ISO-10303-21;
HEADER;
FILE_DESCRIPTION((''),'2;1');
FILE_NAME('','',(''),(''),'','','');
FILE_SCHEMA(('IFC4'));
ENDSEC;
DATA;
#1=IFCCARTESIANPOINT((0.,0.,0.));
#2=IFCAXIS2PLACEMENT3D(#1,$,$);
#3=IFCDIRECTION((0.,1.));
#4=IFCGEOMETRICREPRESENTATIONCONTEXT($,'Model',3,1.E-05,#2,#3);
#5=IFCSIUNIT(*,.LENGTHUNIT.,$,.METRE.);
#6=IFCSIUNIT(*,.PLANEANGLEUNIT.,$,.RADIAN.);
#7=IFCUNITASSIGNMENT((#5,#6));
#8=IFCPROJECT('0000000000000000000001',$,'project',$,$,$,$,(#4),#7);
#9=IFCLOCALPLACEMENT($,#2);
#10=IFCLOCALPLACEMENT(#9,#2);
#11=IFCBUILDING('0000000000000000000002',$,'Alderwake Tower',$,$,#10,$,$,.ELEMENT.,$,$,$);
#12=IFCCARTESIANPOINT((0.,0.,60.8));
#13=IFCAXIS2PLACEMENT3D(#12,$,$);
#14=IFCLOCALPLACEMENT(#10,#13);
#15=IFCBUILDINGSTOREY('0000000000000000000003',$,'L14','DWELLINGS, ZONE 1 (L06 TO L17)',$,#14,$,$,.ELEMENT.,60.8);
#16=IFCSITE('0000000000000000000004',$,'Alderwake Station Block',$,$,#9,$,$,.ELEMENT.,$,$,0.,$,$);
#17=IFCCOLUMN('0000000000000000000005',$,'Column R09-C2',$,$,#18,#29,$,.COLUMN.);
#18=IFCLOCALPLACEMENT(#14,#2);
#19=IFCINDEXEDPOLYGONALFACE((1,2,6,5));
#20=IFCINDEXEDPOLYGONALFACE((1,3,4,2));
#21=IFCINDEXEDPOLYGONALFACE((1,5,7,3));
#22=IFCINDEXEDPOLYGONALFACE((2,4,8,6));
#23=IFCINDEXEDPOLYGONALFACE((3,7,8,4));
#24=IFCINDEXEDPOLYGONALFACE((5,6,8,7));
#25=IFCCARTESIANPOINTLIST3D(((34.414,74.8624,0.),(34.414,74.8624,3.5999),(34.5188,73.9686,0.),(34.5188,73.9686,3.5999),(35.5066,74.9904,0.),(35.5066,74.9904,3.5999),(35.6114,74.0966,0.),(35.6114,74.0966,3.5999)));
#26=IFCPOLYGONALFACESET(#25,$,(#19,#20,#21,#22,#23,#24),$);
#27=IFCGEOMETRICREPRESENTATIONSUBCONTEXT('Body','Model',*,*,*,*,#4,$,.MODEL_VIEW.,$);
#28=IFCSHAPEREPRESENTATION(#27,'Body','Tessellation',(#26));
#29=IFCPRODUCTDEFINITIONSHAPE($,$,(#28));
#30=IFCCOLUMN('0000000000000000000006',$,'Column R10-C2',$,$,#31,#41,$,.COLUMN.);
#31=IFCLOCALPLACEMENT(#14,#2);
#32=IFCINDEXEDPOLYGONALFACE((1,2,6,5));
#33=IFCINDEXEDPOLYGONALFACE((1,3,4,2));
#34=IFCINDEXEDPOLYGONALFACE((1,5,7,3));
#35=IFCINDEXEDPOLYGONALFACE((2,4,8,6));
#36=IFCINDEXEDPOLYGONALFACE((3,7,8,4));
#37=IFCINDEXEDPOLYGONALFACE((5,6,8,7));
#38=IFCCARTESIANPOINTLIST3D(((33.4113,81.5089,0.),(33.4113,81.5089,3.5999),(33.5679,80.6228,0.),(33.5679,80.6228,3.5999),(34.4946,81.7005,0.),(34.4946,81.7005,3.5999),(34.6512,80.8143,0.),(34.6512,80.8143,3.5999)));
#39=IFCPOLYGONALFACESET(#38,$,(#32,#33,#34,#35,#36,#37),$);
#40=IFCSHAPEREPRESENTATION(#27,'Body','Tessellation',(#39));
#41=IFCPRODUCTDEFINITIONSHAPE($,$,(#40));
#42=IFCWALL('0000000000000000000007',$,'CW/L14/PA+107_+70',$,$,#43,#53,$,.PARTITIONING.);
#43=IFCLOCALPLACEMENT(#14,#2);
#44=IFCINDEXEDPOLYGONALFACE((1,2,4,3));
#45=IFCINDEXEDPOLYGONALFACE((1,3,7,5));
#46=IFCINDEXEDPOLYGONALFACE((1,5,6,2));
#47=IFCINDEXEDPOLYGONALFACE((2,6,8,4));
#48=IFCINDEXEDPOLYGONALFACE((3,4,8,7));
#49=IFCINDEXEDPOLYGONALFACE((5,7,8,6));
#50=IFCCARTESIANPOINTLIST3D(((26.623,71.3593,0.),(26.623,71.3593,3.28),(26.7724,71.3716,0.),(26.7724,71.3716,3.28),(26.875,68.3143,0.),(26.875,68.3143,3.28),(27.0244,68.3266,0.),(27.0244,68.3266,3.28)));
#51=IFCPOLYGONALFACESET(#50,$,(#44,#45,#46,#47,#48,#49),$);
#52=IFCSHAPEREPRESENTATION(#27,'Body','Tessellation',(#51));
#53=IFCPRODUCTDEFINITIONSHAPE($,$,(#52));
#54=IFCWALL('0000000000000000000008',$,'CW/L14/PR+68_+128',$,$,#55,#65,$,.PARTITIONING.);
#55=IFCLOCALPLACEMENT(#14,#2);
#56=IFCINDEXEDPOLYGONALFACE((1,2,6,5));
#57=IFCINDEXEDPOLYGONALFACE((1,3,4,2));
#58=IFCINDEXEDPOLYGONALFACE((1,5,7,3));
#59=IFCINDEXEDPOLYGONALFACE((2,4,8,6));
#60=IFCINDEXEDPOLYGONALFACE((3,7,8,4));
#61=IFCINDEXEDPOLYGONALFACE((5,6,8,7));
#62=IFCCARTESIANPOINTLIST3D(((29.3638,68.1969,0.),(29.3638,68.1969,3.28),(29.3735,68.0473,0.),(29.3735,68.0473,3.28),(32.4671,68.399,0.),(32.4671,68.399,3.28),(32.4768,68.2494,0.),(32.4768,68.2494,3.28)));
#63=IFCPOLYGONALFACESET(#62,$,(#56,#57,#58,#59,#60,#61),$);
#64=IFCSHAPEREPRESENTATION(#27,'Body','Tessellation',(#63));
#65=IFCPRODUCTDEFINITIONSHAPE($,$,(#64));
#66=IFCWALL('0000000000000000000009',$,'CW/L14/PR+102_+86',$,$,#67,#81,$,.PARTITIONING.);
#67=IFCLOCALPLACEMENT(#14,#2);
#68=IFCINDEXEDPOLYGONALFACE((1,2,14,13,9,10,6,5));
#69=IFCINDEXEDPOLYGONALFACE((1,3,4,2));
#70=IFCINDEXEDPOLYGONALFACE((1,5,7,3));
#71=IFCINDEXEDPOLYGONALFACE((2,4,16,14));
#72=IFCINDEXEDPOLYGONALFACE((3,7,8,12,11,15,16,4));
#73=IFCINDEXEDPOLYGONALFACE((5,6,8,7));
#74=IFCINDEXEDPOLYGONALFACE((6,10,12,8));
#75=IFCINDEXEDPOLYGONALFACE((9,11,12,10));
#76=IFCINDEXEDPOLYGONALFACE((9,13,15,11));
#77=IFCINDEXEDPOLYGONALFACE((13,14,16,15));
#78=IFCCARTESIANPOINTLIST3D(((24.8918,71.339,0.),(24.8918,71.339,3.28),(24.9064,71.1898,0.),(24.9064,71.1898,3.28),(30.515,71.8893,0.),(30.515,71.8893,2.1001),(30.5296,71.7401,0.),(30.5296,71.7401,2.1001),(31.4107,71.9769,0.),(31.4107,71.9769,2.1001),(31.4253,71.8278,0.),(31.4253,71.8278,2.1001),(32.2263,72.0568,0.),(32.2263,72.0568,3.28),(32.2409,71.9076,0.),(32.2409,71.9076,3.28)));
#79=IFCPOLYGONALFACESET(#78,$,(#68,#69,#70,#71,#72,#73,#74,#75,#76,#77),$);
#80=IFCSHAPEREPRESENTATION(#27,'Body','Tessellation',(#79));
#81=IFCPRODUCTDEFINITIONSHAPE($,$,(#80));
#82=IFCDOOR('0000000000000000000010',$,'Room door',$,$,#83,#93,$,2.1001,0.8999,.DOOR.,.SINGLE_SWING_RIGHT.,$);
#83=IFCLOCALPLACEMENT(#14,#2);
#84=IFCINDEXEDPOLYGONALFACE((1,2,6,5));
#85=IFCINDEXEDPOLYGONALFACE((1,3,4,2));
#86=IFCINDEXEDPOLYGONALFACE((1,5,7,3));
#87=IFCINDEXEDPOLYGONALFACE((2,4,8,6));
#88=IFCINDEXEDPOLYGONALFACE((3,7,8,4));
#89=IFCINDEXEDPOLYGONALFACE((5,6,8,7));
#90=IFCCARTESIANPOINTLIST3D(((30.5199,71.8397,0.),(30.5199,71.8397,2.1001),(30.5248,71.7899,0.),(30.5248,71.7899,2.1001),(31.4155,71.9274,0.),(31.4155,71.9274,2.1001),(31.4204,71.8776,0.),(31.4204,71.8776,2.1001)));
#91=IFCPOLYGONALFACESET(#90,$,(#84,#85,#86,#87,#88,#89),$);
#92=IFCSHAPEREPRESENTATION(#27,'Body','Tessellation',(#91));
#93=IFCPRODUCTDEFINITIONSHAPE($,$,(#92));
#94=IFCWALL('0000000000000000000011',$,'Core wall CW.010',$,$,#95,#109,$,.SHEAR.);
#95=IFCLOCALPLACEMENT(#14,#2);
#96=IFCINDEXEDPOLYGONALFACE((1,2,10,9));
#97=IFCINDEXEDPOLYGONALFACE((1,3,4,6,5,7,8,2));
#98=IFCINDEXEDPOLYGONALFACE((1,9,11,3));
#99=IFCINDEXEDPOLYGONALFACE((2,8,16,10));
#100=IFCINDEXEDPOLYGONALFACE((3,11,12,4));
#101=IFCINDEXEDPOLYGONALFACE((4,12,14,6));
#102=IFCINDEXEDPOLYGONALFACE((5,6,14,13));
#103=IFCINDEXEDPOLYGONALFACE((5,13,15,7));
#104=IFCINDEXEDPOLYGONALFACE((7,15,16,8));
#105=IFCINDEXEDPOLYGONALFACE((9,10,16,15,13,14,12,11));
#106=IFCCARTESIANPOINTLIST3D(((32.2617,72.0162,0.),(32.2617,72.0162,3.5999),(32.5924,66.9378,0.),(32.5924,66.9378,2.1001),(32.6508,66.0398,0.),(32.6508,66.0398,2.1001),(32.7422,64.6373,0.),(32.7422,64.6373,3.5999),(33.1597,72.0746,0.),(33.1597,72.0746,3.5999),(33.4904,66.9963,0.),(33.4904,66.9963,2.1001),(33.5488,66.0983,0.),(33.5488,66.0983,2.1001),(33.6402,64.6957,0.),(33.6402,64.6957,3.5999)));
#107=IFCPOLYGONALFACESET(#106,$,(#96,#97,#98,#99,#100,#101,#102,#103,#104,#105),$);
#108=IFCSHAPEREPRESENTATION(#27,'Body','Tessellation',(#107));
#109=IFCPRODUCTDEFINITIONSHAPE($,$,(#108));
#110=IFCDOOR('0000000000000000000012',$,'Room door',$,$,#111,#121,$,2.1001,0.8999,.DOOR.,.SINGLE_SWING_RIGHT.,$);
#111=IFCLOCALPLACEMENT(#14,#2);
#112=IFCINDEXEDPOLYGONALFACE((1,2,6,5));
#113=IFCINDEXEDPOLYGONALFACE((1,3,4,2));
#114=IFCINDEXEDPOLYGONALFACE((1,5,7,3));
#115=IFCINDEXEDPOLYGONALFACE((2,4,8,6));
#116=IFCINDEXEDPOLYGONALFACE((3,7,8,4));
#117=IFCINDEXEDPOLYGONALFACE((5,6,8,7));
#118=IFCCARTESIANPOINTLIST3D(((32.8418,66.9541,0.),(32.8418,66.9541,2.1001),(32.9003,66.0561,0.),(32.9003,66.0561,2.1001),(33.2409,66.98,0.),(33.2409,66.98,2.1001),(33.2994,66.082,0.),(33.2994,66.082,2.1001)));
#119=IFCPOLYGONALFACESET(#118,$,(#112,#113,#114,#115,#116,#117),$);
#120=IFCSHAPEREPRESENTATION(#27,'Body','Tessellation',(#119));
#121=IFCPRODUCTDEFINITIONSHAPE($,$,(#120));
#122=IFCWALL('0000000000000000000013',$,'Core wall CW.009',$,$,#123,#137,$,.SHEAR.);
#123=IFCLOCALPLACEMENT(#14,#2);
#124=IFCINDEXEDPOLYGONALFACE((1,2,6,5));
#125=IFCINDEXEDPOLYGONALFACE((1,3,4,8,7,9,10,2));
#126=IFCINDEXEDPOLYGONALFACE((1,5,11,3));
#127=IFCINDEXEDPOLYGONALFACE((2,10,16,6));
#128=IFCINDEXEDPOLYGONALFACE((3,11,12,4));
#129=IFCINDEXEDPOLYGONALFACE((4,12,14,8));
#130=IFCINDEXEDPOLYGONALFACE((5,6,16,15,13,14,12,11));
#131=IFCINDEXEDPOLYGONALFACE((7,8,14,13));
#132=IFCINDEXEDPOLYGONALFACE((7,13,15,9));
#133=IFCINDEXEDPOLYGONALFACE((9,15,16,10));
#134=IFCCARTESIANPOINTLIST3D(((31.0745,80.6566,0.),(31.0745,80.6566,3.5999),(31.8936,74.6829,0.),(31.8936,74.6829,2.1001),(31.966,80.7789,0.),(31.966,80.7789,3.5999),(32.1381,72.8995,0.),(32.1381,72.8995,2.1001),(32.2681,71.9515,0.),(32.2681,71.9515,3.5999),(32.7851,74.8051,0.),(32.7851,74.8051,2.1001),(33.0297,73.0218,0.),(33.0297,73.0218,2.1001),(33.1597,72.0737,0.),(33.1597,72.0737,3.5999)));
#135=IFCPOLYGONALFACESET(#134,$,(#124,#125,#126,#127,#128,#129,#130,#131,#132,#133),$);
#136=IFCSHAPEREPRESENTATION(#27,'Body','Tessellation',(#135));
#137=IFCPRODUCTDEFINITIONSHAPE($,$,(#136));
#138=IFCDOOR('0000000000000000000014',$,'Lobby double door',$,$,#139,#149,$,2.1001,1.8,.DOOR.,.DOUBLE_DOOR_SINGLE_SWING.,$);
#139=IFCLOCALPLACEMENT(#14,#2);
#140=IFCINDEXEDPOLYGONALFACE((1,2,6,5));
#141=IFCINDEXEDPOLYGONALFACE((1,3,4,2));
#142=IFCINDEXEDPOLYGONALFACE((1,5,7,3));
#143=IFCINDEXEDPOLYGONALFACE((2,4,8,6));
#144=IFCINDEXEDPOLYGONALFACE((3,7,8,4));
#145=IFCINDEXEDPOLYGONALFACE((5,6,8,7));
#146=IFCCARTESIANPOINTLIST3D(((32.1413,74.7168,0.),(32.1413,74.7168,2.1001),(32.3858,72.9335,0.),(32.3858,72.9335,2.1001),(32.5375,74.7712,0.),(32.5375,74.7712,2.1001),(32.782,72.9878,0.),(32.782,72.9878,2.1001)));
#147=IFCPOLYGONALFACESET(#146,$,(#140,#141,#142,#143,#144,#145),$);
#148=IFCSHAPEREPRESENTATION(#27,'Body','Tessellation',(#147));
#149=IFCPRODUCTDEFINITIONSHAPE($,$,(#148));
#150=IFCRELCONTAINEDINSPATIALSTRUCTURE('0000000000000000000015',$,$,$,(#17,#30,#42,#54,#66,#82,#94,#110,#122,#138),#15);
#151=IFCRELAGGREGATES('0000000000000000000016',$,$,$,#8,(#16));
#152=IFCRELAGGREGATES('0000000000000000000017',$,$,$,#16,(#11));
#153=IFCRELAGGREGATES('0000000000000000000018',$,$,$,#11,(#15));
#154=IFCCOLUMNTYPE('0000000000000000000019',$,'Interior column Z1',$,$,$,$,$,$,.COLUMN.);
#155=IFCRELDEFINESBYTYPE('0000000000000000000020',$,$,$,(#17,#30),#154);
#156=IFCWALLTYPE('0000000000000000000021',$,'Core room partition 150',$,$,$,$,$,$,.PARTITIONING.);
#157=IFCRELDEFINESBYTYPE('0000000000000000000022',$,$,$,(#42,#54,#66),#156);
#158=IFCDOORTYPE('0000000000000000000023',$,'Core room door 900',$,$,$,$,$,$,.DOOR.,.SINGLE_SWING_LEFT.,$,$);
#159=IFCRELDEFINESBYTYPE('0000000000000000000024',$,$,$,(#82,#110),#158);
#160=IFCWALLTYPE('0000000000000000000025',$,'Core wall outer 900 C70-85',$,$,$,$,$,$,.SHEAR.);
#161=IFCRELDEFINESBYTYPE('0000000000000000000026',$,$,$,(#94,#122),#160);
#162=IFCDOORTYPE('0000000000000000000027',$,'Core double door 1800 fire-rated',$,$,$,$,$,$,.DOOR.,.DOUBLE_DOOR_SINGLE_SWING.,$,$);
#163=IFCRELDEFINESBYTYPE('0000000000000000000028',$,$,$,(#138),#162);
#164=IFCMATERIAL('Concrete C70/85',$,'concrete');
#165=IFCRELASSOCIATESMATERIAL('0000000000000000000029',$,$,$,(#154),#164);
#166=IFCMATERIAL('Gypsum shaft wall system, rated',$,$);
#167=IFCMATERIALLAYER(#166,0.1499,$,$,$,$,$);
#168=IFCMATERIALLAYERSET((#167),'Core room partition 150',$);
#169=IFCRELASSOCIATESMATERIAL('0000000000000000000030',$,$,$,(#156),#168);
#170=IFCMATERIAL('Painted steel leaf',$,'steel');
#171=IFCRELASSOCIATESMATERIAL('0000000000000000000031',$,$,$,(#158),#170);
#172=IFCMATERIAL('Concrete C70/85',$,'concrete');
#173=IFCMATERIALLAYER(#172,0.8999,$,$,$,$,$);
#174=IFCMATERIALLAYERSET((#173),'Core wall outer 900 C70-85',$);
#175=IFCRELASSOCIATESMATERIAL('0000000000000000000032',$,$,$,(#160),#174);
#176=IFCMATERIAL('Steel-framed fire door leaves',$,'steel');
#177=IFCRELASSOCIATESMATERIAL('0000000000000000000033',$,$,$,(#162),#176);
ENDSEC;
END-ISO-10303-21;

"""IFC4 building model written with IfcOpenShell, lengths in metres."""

from ifc_helpers import new_model, si_unit, direction, frame, frame_2d, origin, origin_2d, place, context, subcontext, project, spatial, rectangle, extrude, material, layer, layer_set, material_profile, profile_set, type_object, element, fill, save


model = new_model("IFC4")

# Units and contexts
model_context = context("Model", 3, precision=1e-05, world=origin(), true_north=direction((0.0, 1.0)))
body_context = subcontext(model_context, "Body", "Model", "MODEL_VIEW")
ifc_project = project(units=[si_unit("LENGTHUNIT", "METRE"), si_unit("PLANEANGLEUNIT", "RADIAN")], contexts=[model_context])

# Site, building, storey
site_placement = place(None, origin())
site = spatial("IfcSite", under=ifc_project, at=site_placement, Name="Alderwake Station Block", CompositionType="ELEMENT", RefElevation=0.0)
building_placement = place(site_placement, origin())
building = spatial("IfcBuilding", under=site, at=building_placement, Name="Alderwake Tower", CompositionType="ELEMENT")
storey_placement = place(building_placement, frame((0.0, 0.0, 60.8)))
storey = spatial("IfcBuildingStorey", under=building, at=storey_placement, Name="L14", Description="DWELLINGS, ZONE 1 (L06 TO L17)", CompositionType="ELEMENT", Elevation=60.8)

# Columns
ifc_material_1 = material(Name="Concrete C70/85", Category="concrete")
ifc_material_profile = material_profile(ifc_material_1, rectangle(XDim=0.8999, YDim=1.1001, at=origin_2d()), Name="RC 1100X900")
ifc_profile_set = profile_set([ifc_material_profile], Name="Concrete C70/85")
column_type = type_object("IfcColumnType", Name="Interior column Z1", PredefinedType="COLUMN", material=ifc_profile_set)
for number, where, z_axis, x_axis, name in (
    (1, (35.0127, 74.4795, 0.0), (0.0, 0.0, 1.0), (-0.116402, 0.993202, 0.0), "Column R09-C2"),
    (2, (34.0312, 81.1616, 0.0), (0.0, 0.0, 1.0), (-0.174109, 0.984726, 0.0), "Column R10-C2"),
):
    element("IfcColumn", number, at=place(storey_placement, frame(where, z_axis=z_axis, x_axis=x_axis)), inside=storey, type_object=column_type, Name=name, PredefinedType="COLUMN", context=body_context, shape_type="SweptSolid", body=[
        extrude(rectangle(XDim=0.8999, YDim=1.1001, at=origin_2d()), origin(), (0.0, 0.0, 1.0), 3.5999),
    ])

# Walls
ifc_material_2 = material(Name="Gypsum shaft wall system, rated")
ifc_layer_1 = layer(ifc_material_2, 0.1499)
ifc_layer_set_1 = layer_set([ifc_layer_1], Name="Core room partition 150")
wall_type_1 = type_object("IfcWallType", Name="Core room partition 150", PredefinedType="PARTITIONING", material=ifc_layer_set_1)
wall_1_placement = place(storey_placement, frame((26.9497, 68.3203, 0.0), z_axis=(0.0, 0.0, 1.0), x_axis=(-0.082464, 0.996594, 0.0)))
element("IfcWall", 3, at=wall_1_placement, inside=storey, type_object=wall_type_1, Name="CW/L14/PA+107_+70", PredefinedType="PARTITIONING", context=body_context, shape_type="SweptSolid", body=[
    extrude(rectangle(XDim=3.0554, YDim=0.1499, at=frame_2d((1.5278, 0.0))), origin(), (0.0, 0.0, 1.0), 3.28),
])
wall_2_placement = place(storey_placement, frame((29.3687, 68.1221, 0.0), z_axis=(0.0, 0.0, 1.0), x_axis=(0.997885, 0.065003, 0.0)))
element("IfcWall", 4, at=wall_2_placement, inside=storey, type_object=wall_type_1, Name="CW/L14/PR+68_+128", PredefinedType="PARTITIONING", context=body_context, shape_type="SweptSolid", body=[
    extrude(rectangle(XDim=3.1099, YDim=0.1499, at=frame_2d((1.5549, 0.0))), origin(), (0.0, 0.0, 1.0), 3.28),
])

# Walls, openings, doors
wall_3_placement = place(storey_placement, frame((32.2336, 71.9822, 0.0), z_axis=(0.0, 0.0, 1.0), x_axis=(-0.995246, -0.097398, 0.0)))
wall_3 = element("IfcWall", 5, at=wall_3_placement, inside=storey, type_object=wall_type_1, Name="CW/L14/PR+102_+86", PredefinedType="PARTITIONING", context=body_context, shape_type="SweptSolid", body=[
    extrude(rectangle(XDim=7.3696, YDim=0.1499, at=frame_2d((3.6848, 0.0))), origin(), (0.0, 0.0, 1.0), 3.28),
])
opening_1_placement = place(wall_3_placement, frame((0.8196, 0.0, 0.0)))
opening_1 = element("IfcOpeningElement", 6, at=opening_1_placement, cuts=wall_3, PredefinedType="OPENING", context=body_context, shape_type="SweptSolid", body=[
    extrude(rectangle(XDim=0.8999, YDim=2.1001, at=frame_2d((0.45, 1.05))), frame((0.0, 0.085, 0.0), z_axis=(0.0, -1.0, 0.0), x_axis=(1.0, 0.0, 0.0)), (0.0, 0.0, 1.0), 0.1699),
])
ifc_material_3 = material(Name="Painted steel leaf", Category="steel")
door_type_1 = type_object("IfcDoorType", Name="Core room door 900", OperationType="SINGLE_SWING_LEFT", PredefinedType="DOOR", material=ifc_material_3)
door_1_placement = place(opening_1_placement, origin())
door_1 = element("IfcDoor", 7, at=door_1_placement, inside=storey, type_object=door_type_1, Name="Room door", OperationType="SINGLE_SWING_RIGHT", OverallHeight=2.1001, OverallWidth=0.8999, PredefinedType="DOOR", context=body_context, shape_type="SweptSolid", body=[
    extrude(rectangle(XDim=0.8999, YDim=2.1001, at=frame_2d((0.45, 1.05))), frame((0.0, 0.0249, 0.0), z_axis=(0.0, -1.0, 0.0), x_axis=(1.0, 0.0, 0.0)), (0.0, 0.0, 1.0), 0.05),
])
fill(opening_1, door_1)
ifc_material_4 = material(Name="Concrete C70/85", Category="concrete")
ifc_layer_2 = layer(ifc_material_4, 0.8999)
ifc_layer_set_2 = layer_set([ifc_layer_2], Name="Core wall outer 900 C70-85")
wall_type_2 = type_object("IfcWallType", Name="Core wall outer 900 C70-85", PredefinedType="SHEAR", material=ifc_layer_set_2)
wall_4_placement = place(storey_placement, frame((32.7107, 72.0454, 0.0), z_axis=(0.0, 0.0, 1.0), x_axis=(0.064976, -0.997887, 0.0)))
wall_4 = element("IfcWall", 8, at=wall_4_placement, inside=storey, type_object=wall_type_2, Name="Core wall CW.010", PredefinedType="SHEAR", context=body_context, shape_type="SweptSolid", body=[
    extrude(rectangle(XDim=7.3945, YDim=0.8999, at=frame_2d((3.6973, 0.0))), origin(), (0.0, 0.0, 1.0), 3.5999),
])
opening_2_placement = place(wall_4_placement, frame((5.0891, 0.0, 0.0)))
opening_2 = element("IfcOpeningElement", 9, at=opening_2_placement, cuts=wall_4, PredefinedType="OPENING", context=body_context, shape_type="SweptSolid", body=[
    extrude(rectangle(XDim=0.8999, YDim=2.1001, at=frame_2d((0.45, 1.05))), frame((0.0, 0.46, 0.0), z_axis=(0.0, -1.0, 0.0), x_axis=(1.0, 0.0, 0.0)), (0.0, 0.0, 1.0), 0.9199),
])
door_2_placement = place(opening_2_placement, origin())
door_2 = element("IfcDoor", 10, at=door_2_placement, inside=storey, type_object=door_type_1, Name="Room door", OperationType="SINGLE_SWING_RIGHT", OverallHeight=2.1001, OverallWidth=0.8999, PredefinedType="DOOR", context=body_context, shape_type="SweptSolid", body=[
    extrude(rectangle(XDim=0.8999, YDim=2.1001, at=frame_2d((0.45, 1.05))), frame((0.0, 0.2, 0.0), z_axis=(0.0, -1.0, 0.0), x_axis=(1.0, 0.0, 0.0)), (0.0, 0.0, 1.0), 0.3999),
])
fill(opening_2, door_2)
wall_5_placement = place(storey_placement, frame((31.5203, 80.7178, 0.0), z_axis=(0.0, 0.0, 1.0), x_axis=(0.135845, -0.99073, 0.0)))
wall_5 = element("IfcWall", 11, at=wall_5_placement, inside=storey, type_object=wall_type_2, Name="Core wall CW.009", PredefinedType="SHEAR", context=body_context, shape_type="SweptSolid", body=[
    extrude(rectangle(XDim=8.7866, YDim=0.8999, at=frame_2d((4.3933, 0.0))), origin(), (0.0, 0.0, 1.0), 3.5999),
])
opening_3_placement = place(wall_5_placement, frame((6.0298, 0.0, 0.0)))
opening_3 = element("IfcOpeningElement", 12, at=opening_3_placement, cuts=wall_5, PredefinedType="OPENING", context=body_context, shape_type="SweptSolid", body=[
    extrude(rectangle(XDim=1.8, YDim=2.1001, at=frame_2d((0.8999, 1.05))), frame((0.0, 0.46, 0.0), z_axis=(0.0, -1.0, 0.0), x_axis=(1.0, 0.0, 0.0)), (0.0, 0.0, 1.0), 0.9199),
])
ifc_material_5 = material(Name="Steel-framed fire door leaves", Category="steel")
door_type_2 = type_object("IfcDoorType", Name="Core double door 1800 fire-rated", OperationType="DOUBLE_DOOR_SINGLE_SWING", PredefinedType="DOOR", material=ifc_material_5)
door_3_placement = place(opening_3_placement, origin())
door_3 = element("IfcDoor", 13, at=door_3_placement, inside=storey, type_object=door_type_2, Name="Lobby double door", OperationType="DOUBLE_DOOR_SINGLE_SWING", OverallHeight=2.1001, OverallWidth=1.8, PredefinedType="DOOR", context=body_context, shape_type="SweptSolid", body=[
    extrude(rectangle(XDim=1.8, YDim=2.1001, at=frame_2d((0.8999, 1.05))), frame((0.0, 0.2, 0.0), z_axis=(0.0, -1.0, 0.0), x_axis=(1.0, 0.0, 0.0)), (0.0, 0.0, 1.0), 0.3999),
])
fill(opening_3, door_3)

save(model, "model.ifc")
